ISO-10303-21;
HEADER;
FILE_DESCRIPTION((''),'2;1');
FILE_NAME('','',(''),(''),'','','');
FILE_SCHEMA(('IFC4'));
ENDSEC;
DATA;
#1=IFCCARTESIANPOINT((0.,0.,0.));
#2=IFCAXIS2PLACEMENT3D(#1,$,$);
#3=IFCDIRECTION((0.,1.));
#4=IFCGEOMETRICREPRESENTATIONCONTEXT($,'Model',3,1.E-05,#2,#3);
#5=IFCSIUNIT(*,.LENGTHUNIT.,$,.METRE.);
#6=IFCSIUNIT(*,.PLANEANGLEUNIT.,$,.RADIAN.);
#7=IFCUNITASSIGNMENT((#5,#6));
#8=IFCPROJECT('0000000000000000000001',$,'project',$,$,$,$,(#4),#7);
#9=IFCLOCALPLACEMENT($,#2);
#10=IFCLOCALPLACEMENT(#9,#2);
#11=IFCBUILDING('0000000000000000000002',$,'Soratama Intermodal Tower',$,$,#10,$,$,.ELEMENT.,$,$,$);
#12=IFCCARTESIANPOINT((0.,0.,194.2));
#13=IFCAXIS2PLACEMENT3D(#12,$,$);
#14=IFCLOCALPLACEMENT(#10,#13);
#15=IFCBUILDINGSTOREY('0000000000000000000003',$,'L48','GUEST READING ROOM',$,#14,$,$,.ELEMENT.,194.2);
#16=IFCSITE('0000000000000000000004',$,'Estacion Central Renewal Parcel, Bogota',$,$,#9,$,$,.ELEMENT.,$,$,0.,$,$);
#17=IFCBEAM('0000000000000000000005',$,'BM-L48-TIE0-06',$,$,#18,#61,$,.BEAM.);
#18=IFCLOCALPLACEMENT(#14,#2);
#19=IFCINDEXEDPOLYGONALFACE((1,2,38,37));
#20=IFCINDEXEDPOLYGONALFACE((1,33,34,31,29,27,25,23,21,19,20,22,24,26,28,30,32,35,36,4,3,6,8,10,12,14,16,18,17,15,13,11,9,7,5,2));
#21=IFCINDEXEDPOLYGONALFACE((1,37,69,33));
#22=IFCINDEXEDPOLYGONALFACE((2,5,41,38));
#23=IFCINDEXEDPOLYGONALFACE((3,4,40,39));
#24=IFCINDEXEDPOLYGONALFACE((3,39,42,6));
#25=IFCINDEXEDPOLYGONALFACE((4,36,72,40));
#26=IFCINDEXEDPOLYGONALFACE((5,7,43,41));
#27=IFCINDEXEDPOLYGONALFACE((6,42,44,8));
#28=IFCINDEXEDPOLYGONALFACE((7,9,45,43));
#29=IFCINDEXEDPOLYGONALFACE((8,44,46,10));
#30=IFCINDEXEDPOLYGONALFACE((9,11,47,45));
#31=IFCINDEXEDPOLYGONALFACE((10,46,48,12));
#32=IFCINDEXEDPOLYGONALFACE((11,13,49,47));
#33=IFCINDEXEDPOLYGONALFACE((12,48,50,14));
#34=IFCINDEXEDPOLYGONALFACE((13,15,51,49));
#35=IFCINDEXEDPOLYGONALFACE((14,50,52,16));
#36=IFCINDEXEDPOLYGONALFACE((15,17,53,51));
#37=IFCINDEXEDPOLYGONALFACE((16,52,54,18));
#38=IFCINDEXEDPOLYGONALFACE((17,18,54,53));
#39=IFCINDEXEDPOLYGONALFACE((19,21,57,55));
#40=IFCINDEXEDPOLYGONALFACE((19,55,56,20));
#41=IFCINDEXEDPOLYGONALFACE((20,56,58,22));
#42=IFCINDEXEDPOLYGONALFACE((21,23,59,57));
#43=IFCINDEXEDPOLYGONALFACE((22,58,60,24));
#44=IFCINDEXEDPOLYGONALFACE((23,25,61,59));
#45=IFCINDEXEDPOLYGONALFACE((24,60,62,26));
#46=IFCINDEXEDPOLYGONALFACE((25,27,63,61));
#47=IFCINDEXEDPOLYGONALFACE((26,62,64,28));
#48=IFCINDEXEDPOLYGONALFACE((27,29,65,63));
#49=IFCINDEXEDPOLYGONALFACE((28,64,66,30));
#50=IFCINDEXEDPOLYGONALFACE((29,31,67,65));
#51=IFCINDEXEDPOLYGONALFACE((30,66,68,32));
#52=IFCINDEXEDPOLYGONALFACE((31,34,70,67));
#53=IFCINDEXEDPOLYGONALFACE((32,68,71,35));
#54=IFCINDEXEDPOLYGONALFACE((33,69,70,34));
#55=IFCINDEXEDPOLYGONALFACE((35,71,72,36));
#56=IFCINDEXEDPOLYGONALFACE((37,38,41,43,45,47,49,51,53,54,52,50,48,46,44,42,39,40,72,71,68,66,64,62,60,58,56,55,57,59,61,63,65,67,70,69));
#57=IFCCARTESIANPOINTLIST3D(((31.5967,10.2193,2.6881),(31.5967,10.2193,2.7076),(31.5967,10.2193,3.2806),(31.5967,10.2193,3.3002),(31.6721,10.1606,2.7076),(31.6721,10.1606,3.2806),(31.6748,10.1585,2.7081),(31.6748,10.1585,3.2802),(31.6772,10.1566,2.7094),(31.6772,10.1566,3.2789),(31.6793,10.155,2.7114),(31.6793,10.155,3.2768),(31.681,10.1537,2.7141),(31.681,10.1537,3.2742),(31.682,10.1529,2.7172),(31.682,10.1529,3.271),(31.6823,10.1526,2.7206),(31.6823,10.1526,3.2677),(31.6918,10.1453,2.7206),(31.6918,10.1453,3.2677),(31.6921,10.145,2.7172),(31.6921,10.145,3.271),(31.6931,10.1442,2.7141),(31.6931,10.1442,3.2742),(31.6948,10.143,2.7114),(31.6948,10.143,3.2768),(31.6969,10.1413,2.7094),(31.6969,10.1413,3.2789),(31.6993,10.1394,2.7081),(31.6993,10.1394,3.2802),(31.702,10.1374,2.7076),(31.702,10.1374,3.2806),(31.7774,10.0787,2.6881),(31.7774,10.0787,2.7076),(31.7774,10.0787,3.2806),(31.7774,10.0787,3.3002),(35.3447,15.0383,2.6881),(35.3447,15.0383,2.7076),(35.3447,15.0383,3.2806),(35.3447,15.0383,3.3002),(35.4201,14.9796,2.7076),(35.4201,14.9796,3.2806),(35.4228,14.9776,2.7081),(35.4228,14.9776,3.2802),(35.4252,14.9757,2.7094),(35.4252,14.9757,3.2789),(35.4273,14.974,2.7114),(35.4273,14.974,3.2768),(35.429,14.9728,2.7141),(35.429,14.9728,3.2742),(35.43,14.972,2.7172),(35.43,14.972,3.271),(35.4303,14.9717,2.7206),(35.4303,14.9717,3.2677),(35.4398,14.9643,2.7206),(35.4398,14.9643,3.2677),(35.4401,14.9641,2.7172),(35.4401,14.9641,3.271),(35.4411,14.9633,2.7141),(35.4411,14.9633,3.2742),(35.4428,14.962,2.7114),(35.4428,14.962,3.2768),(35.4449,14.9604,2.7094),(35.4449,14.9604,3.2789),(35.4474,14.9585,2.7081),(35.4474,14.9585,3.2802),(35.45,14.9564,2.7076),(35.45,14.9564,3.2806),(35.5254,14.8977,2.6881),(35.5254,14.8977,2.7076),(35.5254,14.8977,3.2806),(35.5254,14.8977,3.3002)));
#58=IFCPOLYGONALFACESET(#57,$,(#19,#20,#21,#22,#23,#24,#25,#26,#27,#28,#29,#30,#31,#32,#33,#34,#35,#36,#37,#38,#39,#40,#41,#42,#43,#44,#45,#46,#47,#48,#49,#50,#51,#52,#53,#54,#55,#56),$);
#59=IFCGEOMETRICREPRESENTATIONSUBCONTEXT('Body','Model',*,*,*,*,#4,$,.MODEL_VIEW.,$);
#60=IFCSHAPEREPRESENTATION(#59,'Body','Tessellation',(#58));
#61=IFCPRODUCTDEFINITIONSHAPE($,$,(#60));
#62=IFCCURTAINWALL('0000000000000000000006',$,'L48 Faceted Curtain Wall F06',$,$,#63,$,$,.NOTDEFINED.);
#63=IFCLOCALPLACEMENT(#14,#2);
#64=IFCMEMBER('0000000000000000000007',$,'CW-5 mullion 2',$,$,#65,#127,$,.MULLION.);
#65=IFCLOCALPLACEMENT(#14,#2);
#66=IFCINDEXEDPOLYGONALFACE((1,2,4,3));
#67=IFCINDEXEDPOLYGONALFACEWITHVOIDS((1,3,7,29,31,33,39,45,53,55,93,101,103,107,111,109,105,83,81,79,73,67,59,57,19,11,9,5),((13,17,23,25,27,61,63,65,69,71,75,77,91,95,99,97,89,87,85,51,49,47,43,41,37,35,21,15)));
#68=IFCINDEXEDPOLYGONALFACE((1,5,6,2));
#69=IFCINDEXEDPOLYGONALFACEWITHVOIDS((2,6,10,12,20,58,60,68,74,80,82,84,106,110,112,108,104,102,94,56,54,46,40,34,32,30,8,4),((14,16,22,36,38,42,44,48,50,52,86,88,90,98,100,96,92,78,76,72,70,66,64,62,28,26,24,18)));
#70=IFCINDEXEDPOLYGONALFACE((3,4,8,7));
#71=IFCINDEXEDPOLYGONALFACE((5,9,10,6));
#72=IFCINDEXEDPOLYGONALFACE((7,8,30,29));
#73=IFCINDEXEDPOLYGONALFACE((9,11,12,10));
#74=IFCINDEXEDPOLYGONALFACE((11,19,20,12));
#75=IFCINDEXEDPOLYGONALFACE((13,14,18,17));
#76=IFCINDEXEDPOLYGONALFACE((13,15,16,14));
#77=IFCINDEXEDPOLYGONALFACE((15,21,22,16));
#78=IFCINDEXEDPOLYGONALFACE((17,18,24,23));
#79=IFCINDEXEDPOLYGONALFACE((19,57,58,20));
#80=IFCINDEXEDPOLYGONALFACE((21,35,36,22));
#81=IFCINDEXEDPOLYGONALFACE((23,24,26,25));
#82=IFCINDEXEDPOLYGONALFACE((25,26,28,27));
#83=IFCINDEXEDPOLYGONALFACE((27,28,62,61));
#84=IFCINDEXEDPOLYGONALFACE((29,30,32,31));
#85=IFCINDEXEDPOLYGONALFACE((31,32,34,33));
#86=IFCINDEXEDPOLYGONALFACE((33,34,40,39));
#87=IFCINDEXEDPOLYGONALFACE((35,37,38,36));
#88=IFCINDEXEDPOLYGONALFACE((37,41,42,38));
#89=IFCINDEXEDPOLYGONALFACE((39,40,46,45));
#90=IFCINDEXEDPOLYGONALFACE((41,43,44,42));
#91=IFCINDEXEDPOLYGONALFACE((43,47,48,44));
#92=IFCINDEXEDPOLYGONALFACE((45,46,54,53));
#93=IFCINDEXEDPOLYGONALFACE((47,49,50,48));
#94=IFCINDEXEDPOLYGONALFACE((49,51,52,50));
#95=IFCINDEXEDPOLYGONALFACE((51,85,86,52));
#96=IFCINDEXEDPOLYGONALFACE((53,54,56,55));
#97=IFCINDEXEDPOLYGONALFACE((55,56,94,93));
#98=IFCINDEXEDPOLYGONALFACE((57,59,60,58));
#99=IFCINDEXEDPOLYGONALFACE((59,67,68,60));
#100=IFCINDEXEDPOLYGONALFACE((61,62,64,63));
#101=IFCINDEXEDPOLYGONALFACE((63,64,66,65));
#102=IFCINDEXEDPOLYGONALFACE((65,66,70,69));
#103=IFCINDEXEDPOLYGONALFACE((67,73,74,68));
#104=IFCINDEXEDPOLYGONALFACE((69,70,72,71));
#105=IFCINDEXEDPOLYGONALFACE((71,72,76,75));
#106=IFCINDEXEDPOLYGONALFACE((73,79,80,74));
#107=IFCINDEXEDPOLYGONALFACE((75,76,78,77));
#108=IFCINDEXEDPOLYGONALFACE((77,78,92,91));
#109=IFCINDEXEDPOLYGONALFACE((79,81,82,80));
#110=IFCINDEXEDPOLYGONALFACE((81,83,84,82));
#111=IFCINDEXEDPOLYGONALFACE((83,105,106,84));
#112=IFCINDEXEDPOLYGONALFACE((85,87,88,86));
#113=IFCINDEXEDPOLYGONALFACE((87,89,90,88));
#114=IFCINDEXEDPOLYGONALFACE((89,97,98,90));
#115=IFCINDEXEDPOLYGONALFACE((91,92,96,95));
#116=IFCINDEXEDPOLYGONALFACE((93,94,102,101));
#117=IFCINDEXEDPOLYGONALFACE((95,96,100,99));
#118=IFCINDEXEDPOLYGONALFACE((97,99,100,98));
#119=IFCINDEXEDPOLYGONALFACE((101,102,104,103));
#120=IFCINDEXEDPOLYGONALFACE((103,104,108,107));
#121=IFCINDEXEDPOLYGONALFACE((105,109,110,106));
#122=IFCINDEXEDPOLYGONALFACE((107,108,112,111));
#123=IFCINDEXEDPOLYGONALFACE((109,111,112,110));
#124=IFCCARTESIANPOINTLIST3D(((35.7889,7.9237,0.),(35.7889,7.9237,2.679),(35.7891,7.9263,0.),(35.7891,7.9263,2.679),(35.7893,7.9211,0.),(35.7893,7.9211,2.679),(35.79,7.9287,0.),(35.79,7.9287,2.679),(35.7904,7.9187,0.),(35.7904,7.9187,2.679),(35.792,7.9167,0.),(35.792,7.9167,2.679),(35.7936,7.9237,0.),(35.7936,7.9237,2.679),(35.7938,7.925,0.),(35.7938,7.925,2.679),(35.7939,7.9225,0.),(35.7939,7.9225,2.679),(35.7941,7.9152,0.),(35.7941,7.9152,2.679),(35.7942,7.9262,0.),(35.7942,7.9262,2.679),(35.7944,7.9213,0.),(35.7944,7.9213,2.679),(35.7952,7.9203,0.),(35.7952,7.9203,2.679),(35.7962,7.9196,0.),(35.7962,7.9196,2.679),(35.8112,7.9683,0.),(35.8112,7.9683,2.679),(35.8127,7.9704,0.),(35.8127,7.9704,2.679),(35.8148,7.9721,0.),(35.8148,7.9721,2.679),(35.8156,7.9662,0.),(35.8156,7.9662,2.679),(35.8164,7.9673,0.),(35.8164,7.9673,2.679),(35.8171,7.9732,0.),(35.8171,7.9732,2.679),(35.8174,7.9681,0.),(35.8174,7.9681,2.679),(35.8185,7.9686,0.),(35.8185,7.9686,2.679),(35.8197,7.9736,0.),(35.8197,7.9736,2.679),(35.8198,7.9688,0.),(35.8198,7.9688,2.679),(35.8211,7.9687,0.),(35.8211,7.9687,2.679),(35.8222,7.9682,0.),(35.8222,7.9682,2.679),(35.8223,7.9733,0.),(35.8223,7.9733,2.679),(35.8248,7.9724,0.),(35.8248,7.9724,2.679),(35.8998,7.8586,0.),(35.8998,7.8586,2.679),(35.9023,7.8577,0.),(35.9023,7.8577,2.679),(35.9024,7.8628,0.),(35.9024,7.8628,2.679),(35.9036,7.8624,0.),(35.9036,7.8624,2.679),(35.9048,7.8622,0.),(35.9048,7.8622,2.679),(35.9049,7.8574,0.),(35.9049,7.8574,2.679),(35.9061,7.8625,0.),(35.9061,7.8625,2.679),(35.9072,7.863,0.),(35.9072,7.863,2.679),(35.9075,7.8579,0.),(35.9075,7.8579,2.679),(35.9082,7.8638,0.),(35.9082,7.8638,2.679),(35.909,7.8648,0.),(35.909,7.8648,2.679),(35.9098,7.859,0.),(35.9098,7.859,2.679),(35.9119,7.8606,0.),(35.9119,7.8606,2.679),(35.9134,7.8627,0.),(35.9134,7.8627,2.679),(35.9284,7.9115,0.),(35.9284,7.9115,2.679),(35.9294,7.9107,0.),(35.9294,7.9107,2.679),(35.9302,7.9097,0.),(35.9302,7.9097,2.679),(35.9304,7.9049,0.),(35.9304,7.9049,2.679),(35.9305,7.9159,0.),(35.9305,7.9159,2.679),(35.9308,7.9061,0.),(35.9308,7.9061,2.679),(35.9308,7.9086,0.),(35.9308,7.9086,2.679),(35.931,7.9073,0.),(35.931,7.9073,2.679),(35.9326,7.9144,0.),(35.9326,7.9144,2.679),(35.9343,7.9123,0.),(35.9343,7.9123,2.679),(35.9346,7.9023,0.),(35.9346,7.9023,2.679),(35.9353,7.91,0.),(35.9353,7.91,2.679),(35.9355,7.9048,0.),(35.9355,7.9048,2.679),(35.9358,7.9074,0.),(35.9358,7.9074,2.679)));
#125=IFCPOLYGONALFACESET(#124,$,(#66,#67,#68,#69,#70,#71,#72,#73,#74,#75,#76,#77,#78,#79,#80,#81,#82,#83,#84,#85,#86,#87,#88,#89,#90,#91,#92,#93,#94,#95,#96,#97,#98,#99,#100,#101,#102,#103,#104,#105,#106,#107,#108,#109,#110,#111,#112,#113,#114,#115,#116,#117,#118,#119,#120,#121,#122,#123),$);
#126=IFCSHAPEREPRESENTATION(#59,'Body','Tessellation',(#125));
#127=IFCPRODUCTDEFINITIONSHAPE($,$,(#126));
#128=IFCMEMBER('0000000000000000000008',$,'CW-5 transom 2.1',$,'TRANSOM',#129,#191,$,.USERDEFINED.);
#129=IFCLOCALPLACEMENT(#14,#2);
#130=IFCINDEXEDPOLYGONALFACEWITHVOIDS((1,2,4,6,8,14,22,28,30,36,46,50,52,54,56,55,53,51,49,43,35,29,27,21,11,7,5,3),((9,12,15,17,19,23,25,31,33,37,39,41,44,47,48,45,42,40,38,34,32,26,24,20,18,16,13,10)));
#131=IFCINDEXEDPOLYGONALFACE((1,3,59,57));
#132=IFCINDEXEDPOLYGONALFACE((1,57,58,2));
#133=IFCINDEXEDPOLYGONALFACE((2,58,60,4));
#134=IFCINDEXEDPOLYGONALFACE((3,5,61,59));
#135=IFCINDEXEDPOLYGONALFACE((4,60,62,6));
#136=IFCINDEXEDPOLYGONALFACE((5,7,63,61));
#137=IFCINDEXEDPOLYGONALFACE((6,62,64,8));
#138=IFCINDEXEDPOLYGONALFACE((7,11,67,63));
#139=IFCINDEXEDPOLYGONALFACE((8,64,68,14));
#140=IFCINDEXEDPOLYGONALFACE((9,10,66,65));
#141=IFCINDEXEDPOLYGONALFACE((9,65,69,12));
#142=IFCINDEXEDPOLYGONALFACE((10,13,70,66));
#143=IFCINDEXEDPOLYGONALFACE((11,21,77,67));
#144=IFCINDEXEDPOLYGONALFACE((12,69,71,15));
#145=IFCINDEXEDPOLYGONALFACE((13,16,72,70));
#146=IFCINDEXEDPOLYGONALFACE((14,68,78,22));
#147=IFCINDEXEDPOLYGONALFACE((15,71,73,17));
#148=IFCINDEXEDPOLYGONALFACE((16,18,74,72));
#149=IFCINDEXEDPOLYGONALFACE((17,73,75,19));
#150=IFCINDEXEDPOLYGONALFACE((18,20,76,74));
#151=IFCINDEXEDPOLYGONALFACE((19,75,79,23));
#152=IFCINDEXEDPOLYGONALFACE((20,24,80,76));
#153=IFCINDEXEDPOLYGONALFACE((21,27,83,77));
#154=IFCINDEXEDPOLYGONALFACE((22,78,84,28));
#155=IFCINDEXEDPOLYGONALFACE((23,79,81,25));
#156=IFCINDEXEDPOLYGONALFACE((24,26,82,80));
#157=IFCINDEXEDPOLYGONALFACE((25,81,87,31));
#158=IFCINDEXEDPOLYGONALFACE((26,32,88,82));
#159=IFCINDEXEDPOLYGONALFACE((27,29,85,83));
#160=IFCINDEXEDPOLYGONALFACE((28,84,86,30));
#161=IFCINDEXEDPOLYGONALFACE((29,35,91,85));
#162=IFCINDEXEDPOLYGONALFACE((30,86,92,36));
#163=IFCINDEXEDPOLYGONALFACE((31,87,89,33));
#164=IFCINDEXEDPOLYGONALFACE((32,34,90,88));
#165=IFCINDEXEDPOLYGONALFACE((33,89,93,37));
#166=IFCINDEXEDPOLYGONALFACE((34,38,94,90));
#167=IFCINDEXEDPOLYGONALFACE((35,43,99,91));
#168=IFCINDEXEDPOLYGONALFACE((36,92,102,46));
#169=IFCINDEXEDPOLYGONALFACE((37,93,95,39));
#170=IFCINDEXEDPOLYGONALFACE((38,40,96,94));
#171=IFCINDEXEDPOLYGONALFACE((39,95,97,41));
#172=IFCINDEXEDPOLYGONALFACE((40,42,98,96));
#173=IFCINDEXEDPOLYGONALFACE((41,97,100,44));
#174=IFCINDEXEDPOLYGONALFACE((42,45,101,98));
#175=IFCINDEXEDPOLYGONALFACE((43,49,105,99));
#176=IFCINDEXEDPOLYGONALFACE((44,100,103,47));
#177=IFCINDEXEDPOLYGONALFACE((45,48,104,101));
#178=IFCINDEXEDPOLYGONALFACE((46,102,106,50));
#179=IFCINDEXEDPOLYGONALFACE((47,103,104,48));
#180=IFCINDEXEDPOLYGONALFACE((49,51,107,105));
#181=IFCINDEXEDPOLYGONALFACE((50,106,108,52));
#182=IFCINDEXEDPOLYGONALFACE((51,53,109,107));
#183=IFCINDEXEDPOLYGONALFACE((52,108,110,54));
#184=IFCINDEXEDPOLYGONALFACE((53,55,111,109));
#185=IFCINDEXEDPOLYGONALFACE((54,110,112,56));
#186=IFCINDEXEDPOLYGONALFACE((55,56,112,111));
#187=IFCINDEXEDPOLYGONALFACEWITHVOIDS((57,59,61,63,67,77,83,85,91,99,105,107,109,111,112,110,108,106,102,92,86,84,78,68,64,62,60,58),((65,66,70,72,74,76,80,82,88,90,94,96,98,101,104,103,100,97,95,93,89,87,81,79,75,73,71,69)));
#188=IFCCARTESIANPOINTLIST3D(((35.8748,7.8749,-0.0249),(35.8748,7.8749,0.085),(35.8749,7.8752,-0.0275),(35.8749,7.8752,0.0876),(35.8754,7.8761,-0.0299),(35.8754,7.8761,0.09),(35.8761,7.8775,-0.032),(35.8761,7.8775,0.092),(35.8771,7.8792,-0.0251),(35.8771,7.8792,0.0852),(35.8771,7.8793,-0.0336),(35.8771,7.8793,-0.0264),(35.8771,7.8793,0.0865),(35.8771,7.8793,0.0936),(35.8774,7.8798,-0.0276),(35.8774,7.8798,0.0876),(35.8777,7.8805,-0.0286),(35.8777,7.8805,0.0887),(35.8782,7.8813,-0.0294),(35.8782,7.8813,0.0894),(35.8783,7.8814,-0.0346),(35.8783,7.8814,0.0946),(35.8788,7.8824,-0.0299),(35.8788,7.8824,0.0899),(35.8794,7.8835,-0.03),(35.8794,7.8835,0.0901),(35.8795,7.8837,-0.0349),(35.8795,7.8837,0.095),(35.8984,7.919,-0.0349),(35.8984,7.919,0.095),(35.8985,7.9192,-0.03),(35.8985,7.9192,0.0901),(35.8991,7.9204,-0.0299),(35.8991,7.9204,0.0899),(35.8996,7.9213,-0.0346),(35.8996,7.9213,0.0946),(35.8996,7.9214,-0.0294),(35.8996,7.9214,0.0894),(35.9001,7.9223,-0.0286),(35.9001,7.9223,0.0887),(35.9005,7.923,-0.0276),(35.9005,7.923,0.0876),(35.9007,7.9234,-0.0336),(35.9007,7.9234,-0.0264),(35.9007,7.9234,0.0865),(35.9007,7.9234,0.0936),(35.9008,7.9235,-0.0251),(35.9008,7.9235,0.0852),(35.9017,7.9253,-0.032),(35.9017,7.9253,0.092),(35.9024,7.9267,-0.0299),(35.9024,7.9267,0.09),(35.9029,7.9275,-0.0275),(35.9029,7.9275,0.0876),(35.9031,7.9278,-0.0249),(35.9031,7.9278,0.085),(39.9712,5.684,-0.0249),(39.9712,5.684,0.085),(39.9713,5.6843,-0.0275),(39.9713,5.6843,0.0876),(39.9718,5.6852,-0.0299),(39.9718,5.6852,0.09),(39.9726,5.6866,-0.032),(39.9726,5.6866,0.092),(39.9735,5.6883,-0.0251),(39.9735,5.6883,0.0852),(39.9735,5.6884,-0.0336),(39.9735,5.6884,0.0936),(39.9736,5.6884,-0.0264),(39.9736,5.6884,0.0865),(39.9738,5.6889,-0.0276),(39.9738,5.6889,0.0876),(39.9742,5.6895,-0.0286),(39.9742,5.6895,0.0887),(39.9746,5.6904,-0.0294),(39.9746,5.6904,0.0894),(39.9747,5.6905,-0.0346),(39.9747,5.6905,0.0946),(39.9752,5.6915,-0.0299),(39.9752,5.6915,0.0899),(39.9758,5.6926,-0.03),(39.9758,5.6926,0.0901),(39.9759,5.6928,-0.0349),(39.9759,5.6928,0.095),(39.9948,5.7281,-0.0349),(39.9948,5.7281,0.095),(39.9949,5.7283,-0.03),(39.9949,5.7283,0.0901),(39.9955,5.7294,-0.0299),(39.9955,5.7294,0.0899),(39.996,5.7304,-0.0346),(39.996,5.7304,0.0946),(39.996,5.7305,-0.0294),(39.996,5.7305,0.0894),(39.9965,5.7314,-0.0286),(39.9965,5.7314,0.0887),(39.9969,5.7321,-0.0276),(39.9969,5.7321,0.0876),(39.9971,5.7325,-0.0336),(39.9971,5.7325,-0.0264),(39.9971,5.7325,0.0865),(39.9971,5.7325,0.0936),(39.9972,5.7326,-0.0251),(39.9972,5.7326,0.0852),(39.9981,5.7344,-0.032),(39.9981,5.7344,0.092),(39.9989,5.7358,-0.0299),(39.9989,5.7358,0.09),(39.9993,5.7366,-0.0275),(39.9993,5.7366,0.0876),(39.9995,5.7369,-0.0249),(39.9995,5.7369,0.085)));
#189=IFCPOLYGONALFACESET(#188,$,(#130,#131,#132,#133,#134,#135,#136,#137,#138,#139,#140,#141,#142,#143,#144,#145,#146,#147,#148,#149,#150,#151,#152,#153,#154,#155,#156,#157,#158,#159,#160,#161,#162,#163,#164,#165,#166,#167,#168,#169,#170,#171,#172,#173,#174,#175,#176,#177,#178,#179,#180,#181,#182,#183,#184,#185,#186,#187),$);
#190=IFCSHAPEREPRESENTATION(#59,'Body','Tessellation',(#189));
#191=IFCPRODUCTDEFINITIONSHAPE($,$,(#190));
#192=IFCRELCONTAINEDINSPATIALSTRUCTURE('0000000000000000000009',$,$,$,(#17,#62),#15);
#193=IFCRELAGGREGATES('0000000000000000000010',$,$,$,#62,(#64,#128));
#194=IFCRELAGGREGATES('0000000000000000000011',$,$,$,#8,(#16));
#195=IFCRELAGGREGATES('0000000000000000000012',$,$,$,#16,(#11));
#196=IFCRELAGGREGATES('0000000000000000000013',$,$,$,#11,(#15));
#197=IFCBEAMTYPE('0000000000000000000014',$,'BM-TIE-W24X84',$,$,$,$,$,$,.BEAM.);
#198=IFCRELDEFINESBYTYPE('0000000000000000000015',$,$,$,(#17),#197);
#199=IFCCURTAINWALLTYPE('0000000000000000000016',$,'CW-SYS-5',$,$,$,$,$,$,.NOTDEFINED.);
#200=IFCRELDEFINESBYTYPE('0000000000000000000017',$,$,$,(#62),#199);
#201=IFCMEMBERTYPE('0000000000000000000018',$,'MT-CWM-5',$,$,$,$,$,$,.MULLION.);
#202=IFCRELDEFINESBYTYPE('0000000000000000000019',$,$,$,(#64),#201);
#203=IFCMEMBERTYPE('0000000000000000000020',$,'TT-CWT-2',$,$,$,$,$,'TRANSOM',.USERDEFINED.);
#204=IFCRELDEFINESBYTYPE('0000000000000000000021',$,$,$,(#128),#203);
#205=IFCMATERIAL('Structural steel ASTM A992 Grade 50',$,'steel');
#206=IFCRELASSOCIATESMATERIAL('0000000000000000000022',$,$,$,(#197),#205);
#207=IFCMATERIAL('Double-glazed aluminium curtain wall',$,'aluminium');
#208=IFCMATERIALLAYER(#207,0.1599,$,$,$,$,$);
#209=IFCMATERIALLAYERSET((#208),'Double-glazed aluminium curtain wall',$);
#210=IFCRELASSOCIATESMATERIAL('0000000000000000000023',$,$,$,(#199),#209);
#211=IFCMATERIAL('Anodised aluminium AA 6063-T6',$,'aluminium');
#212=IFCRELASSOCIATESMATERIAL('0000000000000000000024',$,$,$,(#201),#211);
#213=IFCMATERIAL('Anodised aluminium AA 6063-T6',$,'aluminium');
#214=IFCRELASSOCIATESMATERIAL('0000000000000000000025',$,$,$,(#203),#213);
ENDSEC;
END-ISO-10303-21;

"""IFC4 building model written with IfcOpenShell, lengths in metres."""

from ifc_helpers import new_model, si_unit, direction, frame, origin, origin_2d, place, context, subcontext, project, spatial, hollow_rectangle, i_section, extrude, material, layer, layer_set, material_profile, profile_set, type_object, element, aggregate, save


model = new_model("IFC4")

# Units and contexts
model_context = context("Model", 3, precision=1e-05, world=origin(), true_north=direction((0.0, 1.0)))
body_context = subcontext(model_context, "Body", "Model", "MODEL_VIEW")
ifc_project = project(units=[si_unit("LENGTHUNIT", "METRE"), si_unit("PLANEANGLEUNIT", "RADIAN")], contexts=[model_context])

# Site, building, storey
site_placement = place(None, origin())
site = spatial("IfcSite", under=ifc_project, at=site_placement, Name="Estacion Central Renewal Parcel, Bogota", CompositionType="ELEMENT", RefElevation=0.0)
building_placement = place(site_placement, origin())
building = spatial("IfcBuilding", under=site, at=building_placement, Name="Soratama Intermodal Tower", CompositionType="ELEMENT")
storey_placement = place(building_placement, frame((0.0, 0.0, 194.2)))
storey = spatial("IfcBuildingStorey", under=building, at=storey_placement, Name="L48", Description="GUEST READING ROOM", CompositionType="ELEMENT", Elevation=194.2)

# Beam
ifc_material_1 = material(Name="Structural steel ASTM A992 Grade 50", Category="steel")
ifc_material_profile_1 = material_profile(ifc_material_1, i_section(OverallWidth=0.229, OverallDepth=0.6121, WebThickness=0.012, FlangeThickness=0.0195, FilletRadius=0.0129, at=origin_2d()), Name="W24X84")
ifc_profile_set_1 = profile_set([ifc_material_profile_1], Name="Structural steel ASTM A992 Grade 50")
beam_type_1 = type_object("IfcBeamType", Name="BM-TIE-W24X84", PredefinedType="BEAM", material=ifc_profile_set_1)
beam_1_placement = place(storey_placement, frame((35.4351, 14.968, 2.9941), z_axis=(-0.613927, -0.789363, 0.0), x_axis=(0.789363, -0.613927, 0.0)))
element("IfcBeam", 1, at=beam_1_placement, inside=storey, type_object=beam_type_1, Name="BM-L48-TIE0-06", PredefinedType="BEAM", context=body_context, shape_type="SweptSolid", body=[
    extrude(i_section(OverallWidth=0.229, OverallDepth=0.6121, WebThickness=0.012, FlangeThickness=0.0195, FilletRadius=0.0129, at=origin_2d()), origin(), (0.0, 0.0, 1.0), 6.105),
])

# Curtain wall, members
ifc_material_2 = material(Name="Double-glazed aluminium curtain wall", Category="aluminium")
ifc_layer_1 = layer(ifc_material_2, 0.1599)
ifc_layer_set_1 = layer_set([ifc_layer_1], Name="Double-glazed aluminium curtain wall")
curtain_wall_type = type_object("IfcCurtainWallType", Name="CW-SYS-5", PredefinedType="NOTDEFINED", material=ifc_layer_set_1)
curtain_wall_placement = place(storey_placement, origin())
curtain_wall = element("IfcCurtainWall", 2, at=curtain_wall_placement, inside=storey, type_object=curtain_wall_type, Name="L48 Faceted Curtain Wall F06", PredefinedType="NOTDEFINED")
ifc_material_3 = material(Name="Anodised aluminium AA 6063-T6", Category="aluminium")
ifc_material_profile_2 = material_profile(ifc_material_3, hollow_rectangle(XDim=0.0649, YDim=0.1399, WallThickness=0.0049, InnerFilletRadius=0.0049, OuterFilletRadius=0.01, at=origin_2d()), Name="CWM140X65X5")
ifc_profile_set_2 = profile_set([ifc_material_profile_2], Name="Anodised aluminium AA 6063-T6")
member_type_1 = type_object("IfcMemberType", Name="MT-CWM-5", PredefinedType="MULLION", material=ifc_profile_set_2)
member_1_placement = place(storey_placement, frame((35.8623, 7.9155, 0.0), z_axis=(0.0, 0.0, 1.0), x_axis=(0.471625, 0.881799, 0.0)))
member_1 = element("IfcMember", 3, at=member_1_placement, type_object=member_type_1, Name="CW-5 mullion 2", PredefinedType="MULLION", context=body_context, shape_type="SweptSolid", body=[
    extrude(hollow_rectangle(XDim=0.0649, YDim=0.1399, WallThickness=0.0049, InnerFilletRadius=0.0049, OuterFilletRadius=0.01, at=origin_2d()), origin(), (0.0, 0.0, 1.0), 2.679),
])
ifc_material_4 = material(Name="Anodised aluminium AA 6063-T6", Category="aluminium")
ifc_material_profile_3 = material_profile(ifc_material_4, hollow_rectangle(XDim=0.0601, YDim=0.1299, WallThickness=0.0049, InnerFilletRadius=0.0049, OuterFilletRadius=0.01, at=origin_2d()), Name="CWT130X60X5")
ifc_profile_set_3 = profile_set([ifc_material_profile_3], Name="Anodised aluminium AA 6063-T6")
member_type_2 = type_object("IfcMemberType", Name="TT-CWT-2", ElementType="TRANSOM", PredefinedType="USERDEFINED", material=ifc_profile_set_3)
member_2_placement = place(storey_placement, frame((35.8889, 7.9014, 0.03), z_axis=(0.881802, -0.471619, 0.0), x_axis=(0.471619, 0.881802, 0.0)))
member_2 = element("IfcMember", 4, at=member_2_placement, type_object=member_type_2, Name="CW-5 transom 2.1", ObjectType="TRANSOM", PredefinedType="USERDEFINED", context=body_context, shape_type="SweptSolid", body=[
    extrude(hollow_rectangle(XDim=0.0601, YDim=0.1299, WallThickness=0.0049, InnerFilletRadius=0.0049, OuterFilletRadius=0.01, at=origin_2d()), origin(), (0.0, 0.0, 1.0), 4.6455),
])
aggregate(curtain_wall, [member_1, member_2])

save(model, "model.ifc")
